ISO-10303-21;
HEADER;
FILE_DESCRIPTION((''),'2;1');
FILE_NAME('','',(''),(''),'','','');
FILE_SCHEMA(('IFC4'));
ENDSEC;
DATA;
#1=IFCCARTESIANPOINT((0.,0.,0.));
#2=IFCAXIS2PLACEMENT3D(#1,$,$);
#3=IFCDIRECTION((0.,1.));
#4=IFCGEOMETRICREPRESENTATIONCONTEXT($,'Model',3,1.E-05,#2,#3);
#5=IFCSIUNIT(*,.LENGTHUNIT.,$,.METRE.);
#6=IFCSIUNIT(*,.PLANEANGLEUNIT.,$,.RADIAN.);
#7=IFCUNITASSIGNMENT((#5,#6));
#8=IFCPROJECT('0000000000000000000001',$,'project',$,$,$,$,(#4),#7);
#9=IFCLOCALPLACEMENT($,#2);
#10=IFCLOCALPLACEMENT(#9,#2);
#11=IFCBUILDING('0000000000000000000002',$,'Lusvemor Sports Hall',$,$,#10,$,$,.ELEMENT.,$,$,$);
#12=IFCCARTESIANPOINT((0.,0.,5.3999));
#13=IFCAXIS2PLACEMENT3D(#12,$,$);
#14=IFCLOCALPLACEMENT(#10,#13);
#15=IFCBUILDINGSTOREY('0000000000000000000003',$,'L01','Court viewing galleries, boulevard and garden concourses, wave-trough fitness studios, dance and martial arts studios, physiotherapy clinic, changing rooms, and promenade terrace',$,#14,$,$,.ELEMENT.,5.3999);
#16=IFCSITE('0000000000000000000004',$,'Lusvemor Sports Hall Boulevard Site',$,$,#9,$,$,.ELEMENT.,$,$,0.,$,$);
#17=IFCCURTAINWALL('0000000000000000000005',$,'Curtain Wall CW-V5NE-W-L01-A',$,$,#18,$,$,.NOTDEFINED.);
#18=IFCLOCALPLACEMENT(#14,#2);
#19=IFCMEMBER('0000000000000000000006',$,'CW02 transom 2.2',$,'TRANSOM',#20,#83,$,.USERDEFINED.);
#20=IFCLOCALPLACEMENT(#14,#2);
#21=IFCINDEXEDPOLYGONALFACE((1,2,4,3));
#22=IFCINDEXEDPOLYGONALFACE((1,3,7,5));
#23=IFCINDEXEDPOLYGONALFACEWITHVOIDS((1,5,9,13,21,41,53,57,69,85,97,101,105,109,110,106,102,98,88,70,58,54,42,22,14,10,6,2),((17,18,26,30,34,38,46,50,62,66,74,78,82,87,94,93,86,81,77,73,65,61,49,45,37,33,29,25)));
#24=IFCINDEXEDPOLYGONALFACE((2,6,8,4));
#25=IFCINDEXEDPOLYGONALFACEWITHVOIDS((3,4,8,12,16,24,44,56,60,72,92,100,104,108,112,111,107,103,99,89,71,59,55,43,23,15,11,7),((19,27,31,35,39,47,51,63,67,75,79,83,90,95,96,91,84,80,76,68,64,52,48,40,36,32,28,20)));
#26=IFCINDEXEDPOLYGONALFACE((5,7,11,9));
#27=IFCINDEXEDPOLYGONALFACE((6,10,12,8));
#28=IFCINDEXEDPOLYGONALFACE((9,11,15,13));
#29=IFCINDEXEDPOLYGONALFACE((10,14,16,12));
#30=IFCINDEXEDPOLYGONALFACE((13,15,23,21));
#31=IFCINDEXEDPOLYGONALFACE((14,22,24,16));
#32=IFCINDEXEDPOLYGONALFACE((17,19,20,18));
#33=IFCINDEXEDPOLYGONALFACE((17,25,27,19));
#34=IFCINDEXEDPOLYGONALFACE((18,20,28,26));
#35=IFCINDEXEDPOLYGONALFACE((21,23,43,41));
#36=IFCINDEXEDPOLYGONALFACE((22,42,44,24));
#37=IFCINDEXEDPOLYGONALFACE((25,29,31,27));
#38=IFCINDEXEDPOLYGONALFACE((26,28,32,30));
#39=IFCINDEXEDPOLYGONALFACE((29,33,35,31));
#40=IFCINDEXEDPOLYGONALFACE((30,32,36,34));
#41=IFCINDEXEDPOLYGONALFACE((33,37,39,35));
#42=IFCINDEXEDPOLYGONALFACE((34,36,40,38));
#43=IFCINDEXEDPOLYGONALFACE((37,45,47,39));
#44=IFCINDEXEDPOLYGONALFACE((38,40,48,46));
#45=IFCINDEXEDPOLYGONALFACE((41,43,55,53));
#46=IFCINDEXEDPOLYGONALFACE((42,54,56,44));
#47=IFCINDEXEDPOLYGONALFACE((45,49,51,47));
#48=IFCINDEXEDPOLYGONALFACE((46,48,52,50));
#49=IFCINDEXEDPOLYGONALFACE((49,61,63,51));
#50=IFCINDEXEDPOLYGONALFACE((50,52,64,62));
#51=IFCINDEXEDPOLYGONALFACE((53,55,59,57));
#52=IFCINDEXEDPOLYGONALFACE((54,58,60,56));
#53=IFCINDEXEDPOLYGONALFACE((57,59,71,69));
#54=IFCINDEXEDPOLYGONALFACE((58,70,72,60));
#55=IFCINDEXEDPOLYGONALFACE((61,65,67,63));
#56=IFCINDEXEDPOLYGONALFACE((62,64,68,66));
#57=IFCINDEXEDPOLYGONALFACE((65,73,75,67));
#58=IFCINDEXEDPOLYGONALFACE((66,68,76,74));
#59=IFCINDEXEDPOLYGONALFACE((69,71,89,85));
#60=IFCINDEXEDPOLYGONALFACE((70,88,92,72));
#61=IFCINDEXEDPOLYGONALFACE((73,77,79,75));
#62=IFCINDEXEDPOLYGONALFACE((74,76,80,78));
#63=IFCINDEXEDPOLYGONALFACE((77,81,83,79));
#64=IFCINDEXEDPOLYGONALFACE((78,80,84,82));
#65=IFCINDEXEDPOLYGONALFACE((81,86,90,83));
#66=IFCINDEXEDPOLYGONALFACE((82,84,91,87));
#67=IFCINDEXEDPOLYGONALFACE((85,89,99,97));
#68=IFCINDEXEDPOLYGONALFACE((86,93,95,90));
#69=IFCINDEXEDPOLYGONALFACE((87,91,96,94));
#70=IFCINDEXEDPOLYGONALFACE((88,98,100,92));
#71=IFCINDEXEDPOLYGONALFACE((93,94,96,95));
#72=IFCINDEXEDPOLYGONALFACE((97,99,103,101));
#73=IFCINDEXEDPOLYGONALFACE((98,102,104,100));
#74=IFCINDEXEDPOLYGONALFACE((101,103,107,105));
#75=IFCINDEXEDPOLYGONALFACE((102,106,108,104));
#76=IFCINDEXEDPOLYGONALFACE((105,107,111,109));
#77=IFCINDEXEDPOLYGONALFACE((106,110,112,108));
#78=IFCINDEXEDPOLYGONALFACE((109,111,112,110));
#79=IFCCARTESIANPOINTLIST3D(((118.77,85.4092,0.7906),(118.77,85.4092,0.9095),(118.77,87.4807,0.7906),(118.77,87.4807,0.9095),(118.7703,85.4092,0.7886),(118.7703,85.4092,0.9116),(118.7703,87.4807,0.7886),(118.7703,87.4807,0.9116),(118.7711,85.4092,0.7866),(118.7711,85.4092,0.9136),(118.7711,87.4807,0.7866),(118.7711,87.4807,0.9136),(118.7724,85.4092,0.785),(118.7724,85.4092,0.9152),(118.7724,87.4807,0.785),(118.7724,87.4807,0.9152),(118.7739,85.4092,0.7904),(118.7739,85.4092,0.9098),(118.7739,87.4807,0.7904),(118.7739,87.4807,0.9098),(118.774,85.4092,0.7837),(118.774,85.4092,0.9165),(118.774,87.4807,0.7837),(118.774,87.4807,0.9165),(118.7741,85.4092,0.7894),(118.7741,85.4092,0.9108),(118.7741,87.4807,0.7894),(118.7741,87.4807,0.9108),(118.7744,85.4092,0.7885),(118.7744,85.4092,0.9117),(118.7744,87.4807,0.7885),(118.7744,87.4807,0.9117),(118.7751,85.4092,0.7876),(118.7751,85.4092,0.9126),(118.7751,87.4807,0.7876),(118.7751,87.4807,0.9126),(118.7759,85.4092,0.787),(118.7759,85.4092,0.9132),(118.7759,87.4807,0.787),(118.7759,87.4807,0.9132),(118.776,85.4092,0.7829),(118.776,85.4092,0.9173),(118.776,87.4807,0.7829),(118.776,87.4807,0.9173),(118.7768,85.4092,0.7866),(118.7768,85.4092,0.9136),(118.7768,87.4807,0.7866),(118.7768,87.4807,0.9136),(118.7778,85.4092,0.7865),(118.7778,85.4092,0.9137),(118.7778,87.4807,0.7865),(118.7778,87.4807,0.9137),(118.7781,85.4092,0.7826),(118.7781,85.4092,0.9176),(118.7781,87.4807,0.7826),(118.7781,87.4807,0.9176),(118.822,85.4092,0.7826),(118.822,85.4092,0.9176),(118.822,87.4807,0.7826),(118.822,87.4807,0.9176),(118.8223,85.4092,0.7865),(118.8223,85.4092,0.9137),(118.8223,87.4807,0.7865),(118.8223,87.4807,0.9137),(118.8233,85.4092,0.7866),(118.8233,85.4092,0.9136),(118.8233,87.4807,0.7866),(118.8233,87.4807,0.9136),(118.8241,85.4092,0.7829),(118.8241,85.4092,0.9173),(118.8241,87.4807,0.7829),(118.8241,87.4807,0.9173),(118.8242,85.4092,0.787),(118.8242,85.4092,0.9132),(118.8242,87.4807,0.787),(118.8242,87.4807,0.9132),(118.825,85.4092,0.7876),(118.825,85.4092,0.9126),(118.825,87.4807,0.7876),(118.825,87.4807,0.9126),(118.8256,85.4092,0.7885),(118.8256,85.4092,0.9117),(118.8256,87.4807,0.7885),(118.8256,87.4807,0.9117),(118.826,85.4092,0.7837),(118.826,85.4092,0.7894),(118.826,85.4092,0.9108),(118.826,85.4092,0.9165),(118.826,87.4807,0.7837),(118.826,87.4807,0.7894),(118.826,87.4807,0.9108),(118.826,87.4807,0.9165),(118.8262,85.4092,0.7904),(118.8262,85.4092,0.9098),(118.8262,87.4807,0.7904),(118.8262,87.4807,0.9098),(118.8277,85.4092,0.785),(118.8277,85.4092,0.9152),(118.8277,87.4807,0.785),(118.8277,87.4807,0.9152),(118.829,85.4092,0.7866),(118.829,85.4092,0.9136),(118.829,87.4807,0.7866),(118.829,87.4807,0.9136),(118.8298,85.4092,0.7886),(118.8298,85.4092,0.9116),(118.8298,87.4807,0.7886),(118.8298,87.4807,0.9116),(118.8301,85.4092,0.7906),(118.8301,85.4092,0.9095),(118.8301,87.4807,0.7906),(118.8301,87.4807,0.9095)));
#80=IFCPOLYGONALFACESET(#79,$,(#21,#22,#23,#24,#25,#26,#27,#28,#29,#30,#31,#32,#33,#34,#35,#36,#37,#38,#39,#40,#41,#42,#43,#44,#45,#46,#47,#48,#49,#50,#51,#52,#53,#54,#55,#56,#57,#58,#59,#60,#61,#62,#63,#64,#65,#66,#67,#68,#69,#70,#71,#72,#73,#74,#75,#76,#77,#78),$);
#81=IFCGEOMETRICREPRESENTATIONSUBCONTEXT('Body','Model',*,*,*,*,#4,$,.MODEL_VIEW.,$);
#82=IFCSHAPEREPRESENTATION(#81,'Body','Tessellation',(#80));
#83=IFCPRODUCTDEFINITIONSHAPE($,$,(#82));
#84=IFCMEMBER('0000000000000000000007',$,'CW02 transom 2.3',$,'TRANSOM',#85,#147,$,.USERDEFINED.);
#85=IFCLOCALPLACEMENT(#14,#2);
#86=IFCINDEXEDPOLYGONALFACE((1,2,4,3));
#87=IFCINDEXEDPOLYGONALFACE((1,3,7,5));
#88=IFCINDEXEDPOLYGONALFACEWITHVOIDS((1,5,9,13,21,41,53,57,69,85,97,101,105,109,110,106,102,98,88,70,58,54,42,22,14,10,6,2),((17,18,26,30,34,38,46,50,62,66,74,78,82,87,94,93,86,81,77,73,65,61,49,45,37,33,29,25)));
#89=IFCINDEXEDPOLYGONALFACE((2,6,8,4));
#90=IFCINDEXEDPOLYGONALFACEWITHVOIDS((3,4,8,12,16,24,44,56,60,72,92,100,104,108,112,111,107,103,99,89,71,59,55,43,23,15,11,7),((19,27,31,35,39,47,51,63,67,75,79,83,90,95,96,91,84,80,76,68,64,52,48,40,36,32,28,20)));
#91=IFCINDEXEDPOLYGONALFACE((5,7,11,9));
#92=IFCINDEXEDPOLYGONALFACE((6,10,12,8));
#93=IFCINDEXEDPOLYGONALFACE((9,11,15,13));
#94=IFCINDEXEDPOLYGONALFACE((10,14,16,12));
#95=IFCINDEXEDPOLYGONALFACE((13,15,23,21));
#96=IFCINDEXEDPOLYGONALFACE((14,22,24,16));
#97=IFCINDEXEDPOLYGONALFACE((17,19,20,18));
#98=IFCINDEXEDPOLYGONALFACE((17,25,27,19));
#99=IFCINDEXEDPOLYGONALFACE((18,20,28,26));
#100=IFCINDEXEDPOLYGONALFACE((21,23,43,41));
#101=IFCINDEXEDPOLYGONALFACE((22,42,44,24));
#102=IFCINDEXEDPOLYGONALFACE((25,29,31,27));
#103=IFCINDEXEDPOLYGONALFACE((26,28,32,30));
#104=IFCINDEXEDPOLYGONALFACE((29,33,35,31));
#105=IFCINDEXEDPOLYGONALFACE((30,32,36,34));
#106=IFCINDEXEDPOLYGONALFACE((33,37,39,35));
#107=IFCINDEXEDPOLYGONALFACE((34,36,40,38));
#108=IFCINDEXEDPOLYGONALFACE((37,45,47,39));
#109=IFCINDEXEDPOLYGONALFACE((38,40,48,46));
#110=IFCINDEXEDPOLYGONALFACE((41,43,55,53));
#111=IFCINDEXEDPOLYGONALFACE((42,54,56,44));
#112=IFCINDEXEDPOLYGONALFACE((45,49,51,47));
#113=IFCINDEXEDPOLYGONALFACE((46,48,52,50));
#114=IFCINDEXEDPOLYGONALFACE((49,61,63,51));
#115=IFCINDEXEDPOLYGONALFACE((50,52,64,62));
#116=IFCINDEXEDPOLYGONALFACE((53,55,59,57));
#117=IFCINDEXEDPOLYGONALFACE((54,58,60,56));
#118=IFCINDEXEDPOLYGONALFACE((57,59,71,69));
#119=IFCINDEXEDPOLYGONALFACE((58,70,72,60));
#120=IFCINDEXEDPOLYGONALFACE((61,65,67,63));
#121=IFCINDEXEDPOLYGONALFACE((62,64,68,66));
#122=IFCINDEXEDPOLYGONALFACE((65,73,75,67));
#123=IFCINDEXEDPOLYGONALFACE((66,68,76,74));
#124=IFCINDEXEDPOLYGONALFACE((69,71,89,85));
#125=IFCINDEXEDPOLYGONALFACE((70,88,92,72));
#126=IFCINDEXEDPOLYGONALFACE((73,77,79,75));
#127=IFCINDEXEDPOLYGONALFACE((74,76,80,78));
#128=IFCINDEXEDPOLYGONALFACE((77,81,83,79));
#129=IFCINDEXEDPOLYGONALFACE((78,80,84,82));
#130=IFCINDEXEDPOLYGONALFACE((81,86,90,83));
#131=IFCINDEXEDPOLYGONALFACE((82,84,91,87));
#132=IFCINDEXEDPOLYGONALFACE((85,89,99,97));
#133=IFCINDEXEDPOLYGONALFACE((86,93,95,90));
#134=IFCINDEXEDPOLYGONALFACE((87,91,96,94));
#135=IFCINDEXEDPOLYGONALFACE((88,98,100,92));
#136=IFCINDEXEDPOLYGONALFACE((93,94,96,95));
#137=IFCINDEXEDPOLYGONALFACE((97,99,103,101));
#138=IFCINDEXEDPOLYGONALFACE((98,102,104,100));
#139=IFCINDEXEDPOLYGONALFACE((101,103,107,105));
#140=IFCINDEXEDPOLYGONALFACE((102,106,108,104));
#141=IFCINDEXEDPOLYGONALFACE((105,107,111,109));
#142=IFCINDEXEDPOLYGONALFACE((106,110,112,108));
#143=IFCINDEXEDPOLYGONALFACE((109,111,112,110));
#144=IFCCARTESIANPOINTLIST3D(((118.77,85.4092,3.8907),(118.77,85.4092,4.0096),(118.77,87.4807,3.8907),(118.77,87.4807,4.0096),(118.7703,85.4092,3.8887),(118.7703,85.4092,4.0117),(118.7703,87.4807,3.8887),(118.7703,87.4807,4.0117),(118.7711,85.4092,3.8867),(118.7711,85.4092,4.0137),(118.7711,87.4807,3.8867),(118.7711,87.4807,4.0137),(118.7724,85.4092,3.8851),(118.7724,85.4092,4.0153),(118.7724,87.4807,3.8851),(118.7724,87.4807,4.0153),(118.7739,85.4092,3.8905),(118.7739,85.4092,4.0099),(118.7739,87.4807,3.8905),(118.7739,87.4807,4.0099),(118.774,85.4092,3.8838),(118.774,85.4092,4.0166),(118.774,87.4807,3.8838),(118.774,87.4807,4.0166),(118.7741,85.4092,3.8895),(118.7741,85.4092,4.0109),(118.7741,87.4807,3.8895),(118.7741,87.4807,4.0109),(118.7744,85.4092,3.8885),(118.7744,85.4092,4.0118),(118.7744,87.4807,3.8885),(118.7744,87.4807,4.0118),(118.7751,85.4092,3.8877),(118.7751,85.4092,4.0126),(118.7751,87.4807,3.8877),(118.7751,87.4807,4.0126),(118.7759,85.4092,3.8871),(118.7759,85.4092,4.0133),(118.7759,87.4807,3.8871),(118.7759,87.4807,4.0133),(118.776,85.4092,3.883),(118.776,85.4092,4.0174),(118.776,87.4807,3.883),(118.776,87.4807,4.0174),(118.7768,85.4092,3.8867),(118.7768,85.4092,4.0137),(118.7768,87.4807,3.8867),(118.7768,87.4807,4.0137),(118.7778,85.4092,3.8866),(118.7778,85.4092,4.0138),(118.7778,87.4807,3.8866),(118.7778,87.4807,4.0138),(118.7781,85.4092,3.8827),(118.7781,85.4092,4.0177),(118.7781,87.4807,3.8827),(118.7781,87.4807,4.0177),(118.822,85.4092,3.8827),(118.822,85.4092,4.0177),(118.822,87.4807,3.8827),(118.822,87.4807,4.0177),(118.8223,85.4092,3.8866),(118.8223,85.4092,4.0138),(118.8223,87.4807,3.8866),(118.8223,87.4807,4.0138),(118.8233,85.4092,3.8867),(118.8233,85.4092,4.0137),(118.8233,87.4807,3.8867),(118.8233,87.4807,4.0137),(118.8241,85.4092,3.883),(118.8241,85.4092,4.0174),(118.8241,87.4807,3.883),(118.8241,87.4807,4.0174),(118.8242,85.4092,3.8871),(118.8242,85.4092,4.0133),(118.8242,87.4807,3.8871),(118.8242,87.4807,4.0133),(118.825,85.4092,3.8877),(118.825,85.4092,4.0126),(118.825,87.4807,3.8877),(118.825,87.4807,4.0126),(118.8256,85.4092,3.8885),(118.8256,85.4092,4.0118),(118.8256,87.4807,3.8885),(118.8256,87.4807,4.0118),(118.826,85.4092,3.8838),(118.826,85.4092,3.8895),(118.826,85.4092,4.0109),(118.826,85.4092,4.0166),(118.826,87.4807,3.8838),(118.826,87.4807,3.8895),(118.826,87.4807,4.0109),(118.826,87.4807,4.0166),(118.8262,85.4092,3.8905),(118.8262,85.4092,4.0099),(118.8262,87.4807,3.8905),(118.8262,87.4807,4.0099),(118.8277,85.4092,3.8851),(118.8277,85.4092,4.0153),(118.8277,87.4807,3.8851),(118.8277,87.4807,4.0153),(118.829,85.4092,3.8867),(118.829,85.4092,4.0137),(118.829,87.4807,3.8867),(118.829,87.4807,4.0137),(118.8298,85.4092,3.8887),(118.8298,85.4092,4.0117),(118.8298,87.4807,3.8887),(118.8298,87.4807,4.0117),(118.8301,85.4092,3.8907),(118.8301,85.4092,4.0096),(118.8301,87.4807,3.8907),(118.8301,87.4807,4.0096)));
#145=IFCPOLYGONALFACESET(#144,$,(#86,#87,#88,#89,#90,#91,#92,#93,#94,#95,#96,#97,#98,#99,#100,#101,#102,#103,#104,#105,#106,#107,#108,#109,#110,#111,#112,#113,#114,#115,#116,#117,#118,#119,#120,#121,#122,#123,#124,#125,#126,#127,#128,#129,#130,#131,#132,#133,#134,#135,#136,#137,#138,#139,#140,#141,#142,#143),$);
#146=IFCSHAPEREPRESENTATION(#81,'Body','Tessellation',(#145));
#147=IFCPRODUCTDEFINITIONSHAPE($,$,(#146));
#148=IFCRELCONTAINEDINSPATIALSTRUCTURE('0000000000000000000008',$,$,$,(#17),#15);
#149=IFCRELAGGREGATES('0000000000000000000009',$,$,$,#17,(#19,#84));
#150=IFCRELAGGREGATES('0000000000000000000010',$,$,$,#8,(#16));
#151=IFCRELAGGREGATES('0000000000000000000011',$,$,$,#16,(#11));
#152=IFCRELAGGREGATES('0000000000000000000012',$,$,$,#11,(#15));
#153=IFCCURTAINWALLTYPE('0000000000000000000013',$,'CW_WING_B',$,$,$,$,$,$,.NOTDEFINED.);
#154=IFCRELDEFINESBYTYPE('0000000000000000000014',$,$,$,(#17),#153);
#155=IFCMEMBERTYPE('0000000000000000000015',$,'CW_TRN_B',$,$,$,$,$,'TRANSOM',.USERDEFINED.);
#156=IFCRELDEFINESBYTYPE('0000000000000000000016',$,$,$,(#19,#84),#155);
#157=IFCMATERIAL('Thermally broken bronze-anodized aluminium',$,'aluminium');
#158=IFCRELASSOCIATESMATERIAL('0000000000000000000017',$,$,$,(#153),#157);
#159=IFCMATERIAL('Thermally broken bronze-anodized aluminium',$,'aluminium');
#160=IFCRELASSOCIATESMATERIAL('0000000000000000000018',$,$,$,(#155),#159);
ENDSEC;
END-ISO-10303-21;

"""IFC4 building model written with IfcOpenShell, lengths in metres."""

from ifc_helpers import new_model, si_unit, direction, frame, origin, origin_2d, place, context, subcontext, project, spatial, hollow_rectangle, extrude, material, material_profile, profile_set, type_object, element, aggregate, save


model = new_model("IFC4")

# Units and contexts
model_context = context("Model", 3, precision=1e-05, world=origin(), true_north=direction((0.0, 1.0)))
body_context = subcontext(model_context, "Body", "Model", "MODEL_VIEW")
ifc_project = project(units=[si_unit("LENGTHUNIT", "METRE"), si_unit("PLANEANGLEUNIT", "RADIAN")], contexts=[model_context])

# Site, building, storey
site_placement = place(None, origin())
site = spatial("IfcSite", under=ifc_project, at=site_placement, Name="Lusvemor Sports Hall Boulevard Site", CompositionType="ELEMENT", RefElevation=0.0)
building_placement = place(site_placement, origin())
building = spatial("IfcBuilding", under=site, at=building_placement, Name="Lusvemor Sports Hall", CompositionType="ELEMENT")
storey_placement = place(building_placement, frame((0.0, 0.0, 5.3999)))
storey = spatial("IfcBuildingStorey", under=building, at=storey_placement, Name="L01", Description="Court viewing galleries, boulevard and garden concourses, wave-trough fitness studios, dance and martial arts studios, physiotherapy clinic, changing rooms, and promenade terrace", CompositionType="ELEMENT", Elevation=5.3999)

# Curtain wall
ifc_material_1 = material(Name="Thermally broken bronze-anodized aluminium", Category="aluminium")
curtain_wall_type = type_object("IfcCurtainWallType", Name="CW_WING_B", PredefinedType="NOTDEFINED", material=ifc_material_1)
curtain_wall_1_placement = place(storey_placement, origin())
curtain_wall_1 = element("IfcCurtainWall", 1, at=curtain_wall_1_placement, inside=storey, type_object=curtain_wall_type, Name="Curtain Wall CW-V5NE-W-L01-A", PredefinedType="NOTDEFINED")

# Members
ifc_material_2 = material(Name="Thermally broken bronze-anodized aluminium", Category="aluminium")
ifc_material_profile_1 = material_profile(ifc_material_2, hollow_rectangle(XDim=0.0601, YDim=0.135, WallThickness=0.0039, InnerFilletRadius=0.0039, OuterFilletRadius=0.0081, at=origin_2d()), Name="CWTRN135x60x4")
ifc_profile_set_1 = profile_set([ifc_material_profile_1], Name="Thermally broken bronze-anodized aluminium")
member_type_1 = type_object("IfcMemberType", Name="CW_TRN_B", ElementType="TRANSOM", PredefinedType="USERDEFINED", material=ifc_profile_set_1)
member_1_placement = place(storey_placement, frame((118.8, 85.4092, 0.8501), z_axis=(0.0, 1.0, 0.0), x_axis=(-1.0, 0.0, 0.0)))
member_1 = element("IfcMember", 2, at=member_1_placement, type_object=member_type_1, Name="CW02 transom 2.2", ObjectType="TRANSOM", PredefinedType="USERDEFINED", context=body_context, shape_type="SweptSolid", body=[
    extrude(hollow_rectangle(XDim=0.0601, YDim=0.135, WallThickness=0.0039, InnerFilletRadius=0.0039, OuterFilletRadius=0.0081, at=origin_2d()), origin(), (0.0, 0.0, 1.0), 2.0715),
])
member_2_placement = place(storey_placement, frame((118.8, 85.4092, 3.9502), z_axis=(0.0, 1.0, 0.0), x_axis=(-1.0, 0.0, 0.0)))
member_2 = element("IfcMember", 3, at=member_2_placement, type_object=member_type_1, Name="CW02 transom 2.3", ObjectType="TRANSOM", PredefinedType="USERDEFINED", context=body_context, shape_type="SweptSolid", body=[
    extrude(hollow_rectangle(XDim=0.0601, YDim=0.135, WallThickness=0.0039, InnerFilletRadius=0.0039, OuterFilletRadius=0.0081, at=origin_2d()), origin(), (0.0, 0.0, 1.0), 2.0715),
])

aggregate(curtain_wall_1, [member_1, member_2])

save(model, "model.ifc")
